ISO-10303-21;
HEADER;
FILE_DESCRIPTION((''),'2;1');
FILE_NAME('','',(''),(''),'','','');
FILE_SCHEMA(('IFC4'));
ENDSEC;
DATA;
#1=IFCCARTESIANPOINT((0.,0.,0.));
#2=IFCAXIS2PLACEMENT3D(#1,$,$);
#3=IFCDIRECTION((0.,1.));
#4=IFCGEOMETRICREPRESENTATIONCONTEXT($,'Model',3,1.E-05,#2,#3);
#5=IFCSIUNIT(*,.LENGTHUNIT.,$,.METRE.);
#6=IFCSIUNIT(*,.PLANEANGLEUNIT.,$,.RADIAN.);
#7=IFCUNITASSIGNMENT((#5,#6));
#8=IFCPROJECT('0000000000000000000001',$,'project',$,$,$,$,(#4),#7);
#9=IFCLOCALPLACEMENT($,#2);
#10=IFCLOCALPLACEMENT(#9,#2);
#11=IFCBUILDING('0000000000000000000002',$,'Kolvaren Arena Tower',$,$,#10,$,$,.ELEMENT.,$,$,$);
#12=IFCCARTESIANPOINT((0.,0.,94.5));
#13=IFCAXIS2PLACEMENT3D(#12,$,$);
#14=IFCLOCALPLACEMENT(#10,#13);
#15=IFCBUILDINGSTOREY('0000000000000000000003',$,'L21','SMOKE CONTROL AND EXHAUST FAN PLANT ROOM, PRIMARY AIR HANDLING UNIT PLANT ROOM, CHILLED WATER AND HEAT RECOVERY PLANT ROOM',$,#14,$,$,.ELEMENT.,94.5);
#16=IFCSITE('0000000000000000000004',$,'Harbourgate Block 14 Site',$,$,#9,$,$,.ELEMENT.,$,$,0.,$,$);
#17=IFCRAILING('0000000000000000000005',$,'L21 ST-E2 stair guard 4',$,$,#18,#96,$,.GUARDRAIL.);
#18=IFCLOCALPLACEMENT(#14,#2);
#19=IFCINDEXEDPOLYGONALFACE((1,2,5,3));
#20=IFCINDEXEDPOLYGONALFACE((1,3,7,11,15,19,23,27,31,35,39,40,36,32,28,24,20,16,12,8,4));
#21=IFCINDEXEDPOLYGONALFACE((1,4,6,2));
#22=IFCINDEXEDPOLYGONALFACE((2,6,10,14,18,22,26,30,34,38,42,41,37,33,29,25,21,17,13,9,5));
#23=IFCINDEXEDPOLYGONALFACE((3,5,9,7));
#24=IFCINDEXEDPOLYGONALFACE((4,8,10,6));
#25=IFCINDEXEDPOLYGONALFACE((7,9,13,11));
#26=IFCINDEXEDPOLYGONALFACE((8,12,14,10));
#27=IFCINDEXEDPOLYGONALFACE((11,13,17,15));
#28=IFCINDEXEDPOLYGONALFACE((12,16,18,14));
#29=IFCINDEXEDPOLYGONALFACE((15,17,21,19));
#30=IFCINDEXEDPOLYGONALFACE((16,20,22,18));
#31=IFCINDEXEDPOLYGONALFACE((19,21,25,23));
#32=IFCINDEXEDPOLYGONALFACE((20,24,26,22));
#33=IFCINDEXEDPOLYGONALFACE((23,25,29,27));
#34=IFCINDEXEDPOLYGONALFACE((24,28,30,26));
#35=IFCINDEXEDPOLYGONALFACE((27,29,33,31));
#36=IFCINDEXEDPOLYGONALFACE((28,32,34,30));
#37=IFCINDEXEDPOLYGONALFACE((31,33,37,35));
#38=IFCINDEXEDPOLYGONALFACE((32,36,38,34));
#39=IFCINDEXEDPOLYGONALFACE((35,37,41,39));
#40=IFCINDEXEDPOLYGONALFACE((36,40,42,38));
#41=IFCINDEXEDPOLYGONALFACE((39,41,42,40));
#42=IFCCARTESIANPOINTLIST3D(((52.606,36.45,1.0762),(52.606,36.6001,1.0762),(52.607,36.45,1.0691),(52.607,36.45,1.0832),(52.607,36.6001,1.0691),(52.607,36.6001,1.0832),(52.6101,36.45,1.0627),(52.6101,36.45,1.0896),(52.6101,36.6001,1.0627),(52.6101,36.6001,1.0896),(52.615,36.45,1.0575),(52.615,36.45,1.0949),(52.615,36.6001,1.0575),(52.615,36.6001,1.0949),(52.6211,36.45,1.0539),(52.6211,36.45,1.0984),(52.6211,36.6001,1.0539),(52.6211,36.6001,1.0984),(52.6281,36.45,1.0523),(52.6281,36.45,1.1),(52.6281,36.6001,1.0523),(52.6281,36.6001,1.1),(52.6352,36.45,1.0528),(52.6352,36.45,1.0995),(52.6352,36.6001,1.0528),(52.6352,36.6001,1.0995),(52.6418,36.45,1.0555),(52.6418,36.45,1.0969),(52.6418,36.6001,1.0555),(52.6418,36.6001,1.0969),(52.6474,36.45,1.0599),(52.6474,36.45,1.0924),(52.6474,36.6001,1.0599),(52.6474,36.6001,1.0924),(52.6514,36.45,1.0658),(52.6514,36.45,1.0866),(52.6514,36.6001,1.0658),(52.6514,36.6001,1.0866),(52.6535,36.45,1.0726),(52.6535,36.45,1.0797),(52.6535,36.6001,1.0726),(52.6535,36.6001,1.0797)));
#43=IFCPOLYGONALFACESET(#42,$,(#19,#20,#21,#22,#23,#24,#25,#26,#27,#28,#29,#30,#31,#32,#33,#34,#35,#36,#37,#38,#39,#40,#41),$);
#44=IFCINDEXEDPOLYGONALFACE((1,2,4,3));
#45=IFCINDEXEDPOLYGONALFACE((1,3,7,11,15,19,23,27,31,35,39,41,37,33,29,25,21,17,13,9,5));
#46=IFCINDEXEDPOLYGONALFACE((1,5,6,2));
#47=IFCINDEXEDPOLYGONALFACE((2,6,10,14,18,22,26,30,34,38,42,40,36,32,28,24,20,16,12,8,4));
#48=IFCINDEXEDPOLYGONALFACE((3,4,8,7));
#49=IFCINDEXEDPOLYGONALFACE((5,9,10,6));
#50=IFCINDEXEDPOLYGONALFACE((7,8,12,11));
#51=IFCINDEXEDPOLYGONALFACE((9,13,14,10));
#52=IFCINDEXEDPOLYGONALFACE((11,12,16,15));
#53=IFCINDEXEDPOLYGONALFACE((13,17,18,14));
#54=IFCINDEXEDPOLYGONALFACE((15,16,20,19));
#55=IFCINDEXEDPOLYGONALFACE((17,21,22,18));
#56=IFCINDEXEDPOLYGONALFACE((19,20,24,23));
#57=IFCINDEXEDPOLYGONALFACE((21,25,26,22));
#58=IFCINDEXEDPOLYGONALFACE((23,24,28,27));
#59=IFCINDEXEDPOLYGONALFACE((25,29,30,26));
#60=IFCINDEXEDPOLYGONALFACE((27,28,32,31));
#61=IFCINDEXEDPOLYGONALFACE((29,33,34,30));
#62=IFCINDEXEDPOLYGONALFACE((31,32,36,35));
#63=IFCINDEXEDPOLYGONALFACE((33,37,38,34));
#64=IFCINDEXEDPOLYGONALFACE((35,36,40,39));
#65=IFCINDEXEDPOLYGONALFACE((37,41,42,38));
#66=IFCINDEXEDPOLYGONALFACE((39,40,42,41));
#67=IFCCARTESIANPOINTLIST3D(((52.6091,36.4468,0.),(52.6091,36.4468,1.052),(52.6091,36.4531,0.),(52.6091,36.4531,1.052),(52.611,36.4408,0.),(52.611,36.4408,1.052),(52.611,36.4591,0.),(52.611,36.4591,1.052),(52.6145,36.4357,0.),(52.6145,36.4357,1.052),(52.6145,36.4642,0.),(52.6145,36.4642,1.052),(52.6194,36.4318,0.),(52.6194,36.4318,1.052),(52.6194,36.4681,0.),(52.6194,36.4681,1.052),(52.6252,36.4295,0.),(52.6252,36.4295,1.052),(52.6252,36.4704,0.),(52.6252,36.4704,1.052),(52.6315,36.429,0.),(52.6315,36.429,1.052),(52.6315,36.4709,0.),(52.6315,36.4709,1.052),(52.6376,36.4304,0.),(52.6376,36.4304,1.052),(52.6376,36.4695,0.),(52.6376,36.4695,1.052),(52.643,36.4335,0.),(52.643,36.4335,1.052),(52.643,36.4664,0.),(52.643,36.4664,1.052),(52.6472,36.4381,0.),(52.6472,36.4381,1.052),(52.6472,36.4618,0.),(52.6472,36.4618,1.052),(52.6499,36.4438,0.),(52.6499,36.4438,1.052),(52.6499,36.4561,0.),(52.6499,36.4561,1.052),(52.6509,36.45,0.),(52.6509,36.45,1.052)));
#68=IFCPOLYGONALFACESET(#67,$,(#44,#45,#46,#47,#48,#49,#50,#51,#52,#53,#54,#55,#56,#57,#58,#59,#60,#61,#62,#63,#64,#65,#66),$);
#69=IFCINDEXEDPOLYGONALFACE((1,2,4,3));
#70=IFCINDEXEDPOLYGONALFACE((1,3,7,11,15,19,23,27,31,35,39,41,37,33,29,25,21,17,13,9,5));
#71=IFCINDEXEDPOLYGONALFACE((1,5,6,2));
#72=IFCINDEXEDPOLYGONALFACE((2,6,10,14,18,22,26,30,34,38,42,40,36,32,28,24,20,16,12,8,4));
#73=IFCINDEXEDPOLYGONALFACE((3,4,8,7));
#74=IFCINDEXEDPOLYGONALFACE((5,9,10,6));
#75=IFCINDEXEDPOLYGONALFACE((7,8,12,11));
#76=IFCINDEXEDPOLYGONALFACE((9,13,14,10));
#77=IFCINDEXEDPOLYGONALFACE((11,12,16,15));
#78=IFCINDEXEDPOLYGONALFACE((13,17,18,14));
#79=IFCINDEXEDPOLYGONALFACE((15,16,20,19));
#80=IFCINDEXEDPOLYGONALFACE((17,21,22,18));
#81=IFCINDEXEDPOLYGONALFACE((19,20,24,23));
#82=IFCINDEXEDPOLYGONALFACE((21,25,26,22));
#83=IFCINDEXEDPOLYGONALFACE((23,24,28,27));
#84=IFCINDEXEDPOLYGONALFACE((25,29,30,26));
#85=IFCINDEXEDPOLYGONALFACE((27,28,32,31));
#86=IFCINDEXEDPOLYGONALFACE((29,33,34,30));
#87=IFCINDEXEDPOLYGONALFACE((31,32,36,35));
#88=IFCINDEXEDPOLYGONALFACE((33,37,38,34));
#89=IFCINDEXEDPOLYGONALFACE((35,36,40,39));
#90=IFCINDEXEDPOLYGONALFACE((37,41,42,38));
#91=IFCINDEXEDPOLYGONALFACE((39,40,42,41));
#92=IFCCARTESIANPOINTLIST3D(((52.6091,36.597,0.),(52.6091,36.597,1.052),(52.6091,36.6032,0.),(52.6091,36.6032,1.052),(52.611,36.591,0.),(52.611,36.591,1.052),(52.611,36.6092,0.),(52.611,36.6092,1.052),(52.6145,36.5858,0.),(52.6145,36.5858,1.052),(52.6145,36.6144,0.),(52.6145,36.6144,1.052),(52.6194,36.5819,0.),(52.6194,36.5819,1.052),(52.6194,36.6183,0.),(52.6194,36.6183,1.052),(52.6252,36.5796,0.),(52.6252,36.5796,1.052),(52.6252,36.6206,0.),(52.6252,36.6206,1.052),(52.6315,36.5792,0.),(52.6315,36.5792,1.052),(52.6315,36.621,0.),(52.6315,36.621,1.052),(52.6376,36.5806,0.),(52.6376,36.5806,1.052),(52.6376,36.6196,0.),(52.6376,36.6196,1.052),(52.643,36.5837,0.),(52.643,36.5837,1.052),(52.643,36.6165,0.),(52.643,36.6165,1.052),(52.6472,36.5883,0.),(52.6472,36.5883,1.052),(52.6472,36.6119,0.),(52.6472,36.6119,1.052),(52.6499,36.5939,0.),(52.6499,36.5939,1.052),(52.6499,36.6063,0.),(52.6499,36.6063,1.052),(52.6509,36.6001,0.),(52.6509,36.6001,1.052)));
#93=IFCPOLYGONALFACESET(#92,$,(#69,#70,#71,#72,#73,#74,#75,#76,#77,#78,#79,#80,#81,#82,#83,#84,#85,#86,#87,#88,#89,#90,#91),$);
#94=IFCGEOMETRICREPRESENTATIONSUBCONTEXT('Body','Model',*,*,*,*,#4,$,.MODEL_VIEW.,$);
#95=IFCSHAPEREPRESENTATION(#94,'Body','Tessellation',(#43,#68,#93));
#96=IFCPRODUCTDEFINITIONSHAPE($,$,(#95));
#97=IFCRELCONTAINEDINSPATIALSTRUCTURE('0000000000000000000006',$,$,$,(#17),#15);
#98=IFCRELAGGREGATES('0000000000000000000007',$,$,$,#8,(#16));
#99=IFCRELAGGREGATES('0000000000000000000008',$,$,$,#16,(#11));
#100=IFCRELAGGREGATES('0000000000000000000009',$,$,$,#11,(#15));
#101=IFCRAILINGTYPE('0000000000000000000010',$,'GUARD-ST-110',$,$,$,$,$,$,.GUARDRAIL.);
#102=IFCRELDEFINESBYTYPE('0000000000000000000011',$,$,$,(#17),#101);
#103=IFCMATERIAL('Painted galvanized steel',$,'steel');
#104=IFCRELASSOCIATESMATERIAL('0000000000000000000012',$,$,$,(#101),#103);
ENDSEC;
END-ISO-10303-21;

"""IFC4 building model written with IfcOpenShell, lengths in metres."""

from ifc_helpers import new_model, si_unit, direction, frame, origin, origin_2d, place, context, subcontext, project, spatial, circle, extrude, material, type_object, element, save


model = new_model("IFC4")

# Units and contexts
model_context = context("Model", 3, precision=1e-05, world=origin(), true_north=direction((0.0, 1.0)))
body_context = subcontext(model_context, "Body", "Model", "MODEL_VIEW")
ifc_project = project(units=[si_unit("LENGTHUNIT", "METRE"), si_unit("PLANEANGLEUNIT", "RADIAN")], contexts=[model_context])

# Site, building, storey
site_placement = place(None, origin())
site = spatial("IfcSite", under=ifc_project, at=site_placement, Name="Harbourgate Block 14 Site", CompositionType="ELEMENT", RefElevation=0.0)
building_placement = place(site_placement, origin())
building = spatial("IfcBuilding", under=site, at=building_placement, Name="Kolvaren Arena Tower", CompositionType="ELEMENT")
storey_placement = place(building_placement, frame((0.0, 0.0, 94.5)))
storey = spatial("IfcBuildingStorey", under=building, at=storey_placement, Name="L21", Description="SMOKE CONTROL AND EXHAUST FAN PLANT ROOM, PRIMARY AIR HANDLING UNIT PLANT ROOM, CHILLED WATER AND HEAT RECOVERY PLANT ROOM", CompositionType="ELEMENT", Elevation=94.5)

# Railing
ifc_material_1 = material(Name="Painted galvanized steel", Category="steel")
railing_type_1 = type_object("IfcRailingType", Name="GUARD-ST-110", PredefinedType="GUARDRAIL", material=ifc_material_1)
railing_1_placement = place(storey_placement, frame((52.6299, 36.45, 0.0)))
element("IfcRailing", 1, at=railing_1_placement, inside=storey, type_object=railing_type_1, Name="L21 ST-E2 stair guard 4", PredefinedType="GUARDRAIL", context=body_context, shape_type="SweptSolid", body=[
    extrude(circle(Radius=0.0239, at=origin_2d()), frame((0.0, 0.0, 1.0762), z_axis=(0.0, 1.0, 0.0), x_axis=(-1.0, 0.0, 0.0)), (0.0, 0.0, 1.0), 0.1501),
    extrude(circle(Radius=0.021, at=origin_2d()), origin(), (0.0, 0.0, 1.0), 1.052),
    extrude(circle(Radius=0.021, at=origin_2d()), frame((0.0, 0.1501, 0.0)), (0.0, 0.0, 1.0), 1.052),
])

save(model, "model.ifc")
